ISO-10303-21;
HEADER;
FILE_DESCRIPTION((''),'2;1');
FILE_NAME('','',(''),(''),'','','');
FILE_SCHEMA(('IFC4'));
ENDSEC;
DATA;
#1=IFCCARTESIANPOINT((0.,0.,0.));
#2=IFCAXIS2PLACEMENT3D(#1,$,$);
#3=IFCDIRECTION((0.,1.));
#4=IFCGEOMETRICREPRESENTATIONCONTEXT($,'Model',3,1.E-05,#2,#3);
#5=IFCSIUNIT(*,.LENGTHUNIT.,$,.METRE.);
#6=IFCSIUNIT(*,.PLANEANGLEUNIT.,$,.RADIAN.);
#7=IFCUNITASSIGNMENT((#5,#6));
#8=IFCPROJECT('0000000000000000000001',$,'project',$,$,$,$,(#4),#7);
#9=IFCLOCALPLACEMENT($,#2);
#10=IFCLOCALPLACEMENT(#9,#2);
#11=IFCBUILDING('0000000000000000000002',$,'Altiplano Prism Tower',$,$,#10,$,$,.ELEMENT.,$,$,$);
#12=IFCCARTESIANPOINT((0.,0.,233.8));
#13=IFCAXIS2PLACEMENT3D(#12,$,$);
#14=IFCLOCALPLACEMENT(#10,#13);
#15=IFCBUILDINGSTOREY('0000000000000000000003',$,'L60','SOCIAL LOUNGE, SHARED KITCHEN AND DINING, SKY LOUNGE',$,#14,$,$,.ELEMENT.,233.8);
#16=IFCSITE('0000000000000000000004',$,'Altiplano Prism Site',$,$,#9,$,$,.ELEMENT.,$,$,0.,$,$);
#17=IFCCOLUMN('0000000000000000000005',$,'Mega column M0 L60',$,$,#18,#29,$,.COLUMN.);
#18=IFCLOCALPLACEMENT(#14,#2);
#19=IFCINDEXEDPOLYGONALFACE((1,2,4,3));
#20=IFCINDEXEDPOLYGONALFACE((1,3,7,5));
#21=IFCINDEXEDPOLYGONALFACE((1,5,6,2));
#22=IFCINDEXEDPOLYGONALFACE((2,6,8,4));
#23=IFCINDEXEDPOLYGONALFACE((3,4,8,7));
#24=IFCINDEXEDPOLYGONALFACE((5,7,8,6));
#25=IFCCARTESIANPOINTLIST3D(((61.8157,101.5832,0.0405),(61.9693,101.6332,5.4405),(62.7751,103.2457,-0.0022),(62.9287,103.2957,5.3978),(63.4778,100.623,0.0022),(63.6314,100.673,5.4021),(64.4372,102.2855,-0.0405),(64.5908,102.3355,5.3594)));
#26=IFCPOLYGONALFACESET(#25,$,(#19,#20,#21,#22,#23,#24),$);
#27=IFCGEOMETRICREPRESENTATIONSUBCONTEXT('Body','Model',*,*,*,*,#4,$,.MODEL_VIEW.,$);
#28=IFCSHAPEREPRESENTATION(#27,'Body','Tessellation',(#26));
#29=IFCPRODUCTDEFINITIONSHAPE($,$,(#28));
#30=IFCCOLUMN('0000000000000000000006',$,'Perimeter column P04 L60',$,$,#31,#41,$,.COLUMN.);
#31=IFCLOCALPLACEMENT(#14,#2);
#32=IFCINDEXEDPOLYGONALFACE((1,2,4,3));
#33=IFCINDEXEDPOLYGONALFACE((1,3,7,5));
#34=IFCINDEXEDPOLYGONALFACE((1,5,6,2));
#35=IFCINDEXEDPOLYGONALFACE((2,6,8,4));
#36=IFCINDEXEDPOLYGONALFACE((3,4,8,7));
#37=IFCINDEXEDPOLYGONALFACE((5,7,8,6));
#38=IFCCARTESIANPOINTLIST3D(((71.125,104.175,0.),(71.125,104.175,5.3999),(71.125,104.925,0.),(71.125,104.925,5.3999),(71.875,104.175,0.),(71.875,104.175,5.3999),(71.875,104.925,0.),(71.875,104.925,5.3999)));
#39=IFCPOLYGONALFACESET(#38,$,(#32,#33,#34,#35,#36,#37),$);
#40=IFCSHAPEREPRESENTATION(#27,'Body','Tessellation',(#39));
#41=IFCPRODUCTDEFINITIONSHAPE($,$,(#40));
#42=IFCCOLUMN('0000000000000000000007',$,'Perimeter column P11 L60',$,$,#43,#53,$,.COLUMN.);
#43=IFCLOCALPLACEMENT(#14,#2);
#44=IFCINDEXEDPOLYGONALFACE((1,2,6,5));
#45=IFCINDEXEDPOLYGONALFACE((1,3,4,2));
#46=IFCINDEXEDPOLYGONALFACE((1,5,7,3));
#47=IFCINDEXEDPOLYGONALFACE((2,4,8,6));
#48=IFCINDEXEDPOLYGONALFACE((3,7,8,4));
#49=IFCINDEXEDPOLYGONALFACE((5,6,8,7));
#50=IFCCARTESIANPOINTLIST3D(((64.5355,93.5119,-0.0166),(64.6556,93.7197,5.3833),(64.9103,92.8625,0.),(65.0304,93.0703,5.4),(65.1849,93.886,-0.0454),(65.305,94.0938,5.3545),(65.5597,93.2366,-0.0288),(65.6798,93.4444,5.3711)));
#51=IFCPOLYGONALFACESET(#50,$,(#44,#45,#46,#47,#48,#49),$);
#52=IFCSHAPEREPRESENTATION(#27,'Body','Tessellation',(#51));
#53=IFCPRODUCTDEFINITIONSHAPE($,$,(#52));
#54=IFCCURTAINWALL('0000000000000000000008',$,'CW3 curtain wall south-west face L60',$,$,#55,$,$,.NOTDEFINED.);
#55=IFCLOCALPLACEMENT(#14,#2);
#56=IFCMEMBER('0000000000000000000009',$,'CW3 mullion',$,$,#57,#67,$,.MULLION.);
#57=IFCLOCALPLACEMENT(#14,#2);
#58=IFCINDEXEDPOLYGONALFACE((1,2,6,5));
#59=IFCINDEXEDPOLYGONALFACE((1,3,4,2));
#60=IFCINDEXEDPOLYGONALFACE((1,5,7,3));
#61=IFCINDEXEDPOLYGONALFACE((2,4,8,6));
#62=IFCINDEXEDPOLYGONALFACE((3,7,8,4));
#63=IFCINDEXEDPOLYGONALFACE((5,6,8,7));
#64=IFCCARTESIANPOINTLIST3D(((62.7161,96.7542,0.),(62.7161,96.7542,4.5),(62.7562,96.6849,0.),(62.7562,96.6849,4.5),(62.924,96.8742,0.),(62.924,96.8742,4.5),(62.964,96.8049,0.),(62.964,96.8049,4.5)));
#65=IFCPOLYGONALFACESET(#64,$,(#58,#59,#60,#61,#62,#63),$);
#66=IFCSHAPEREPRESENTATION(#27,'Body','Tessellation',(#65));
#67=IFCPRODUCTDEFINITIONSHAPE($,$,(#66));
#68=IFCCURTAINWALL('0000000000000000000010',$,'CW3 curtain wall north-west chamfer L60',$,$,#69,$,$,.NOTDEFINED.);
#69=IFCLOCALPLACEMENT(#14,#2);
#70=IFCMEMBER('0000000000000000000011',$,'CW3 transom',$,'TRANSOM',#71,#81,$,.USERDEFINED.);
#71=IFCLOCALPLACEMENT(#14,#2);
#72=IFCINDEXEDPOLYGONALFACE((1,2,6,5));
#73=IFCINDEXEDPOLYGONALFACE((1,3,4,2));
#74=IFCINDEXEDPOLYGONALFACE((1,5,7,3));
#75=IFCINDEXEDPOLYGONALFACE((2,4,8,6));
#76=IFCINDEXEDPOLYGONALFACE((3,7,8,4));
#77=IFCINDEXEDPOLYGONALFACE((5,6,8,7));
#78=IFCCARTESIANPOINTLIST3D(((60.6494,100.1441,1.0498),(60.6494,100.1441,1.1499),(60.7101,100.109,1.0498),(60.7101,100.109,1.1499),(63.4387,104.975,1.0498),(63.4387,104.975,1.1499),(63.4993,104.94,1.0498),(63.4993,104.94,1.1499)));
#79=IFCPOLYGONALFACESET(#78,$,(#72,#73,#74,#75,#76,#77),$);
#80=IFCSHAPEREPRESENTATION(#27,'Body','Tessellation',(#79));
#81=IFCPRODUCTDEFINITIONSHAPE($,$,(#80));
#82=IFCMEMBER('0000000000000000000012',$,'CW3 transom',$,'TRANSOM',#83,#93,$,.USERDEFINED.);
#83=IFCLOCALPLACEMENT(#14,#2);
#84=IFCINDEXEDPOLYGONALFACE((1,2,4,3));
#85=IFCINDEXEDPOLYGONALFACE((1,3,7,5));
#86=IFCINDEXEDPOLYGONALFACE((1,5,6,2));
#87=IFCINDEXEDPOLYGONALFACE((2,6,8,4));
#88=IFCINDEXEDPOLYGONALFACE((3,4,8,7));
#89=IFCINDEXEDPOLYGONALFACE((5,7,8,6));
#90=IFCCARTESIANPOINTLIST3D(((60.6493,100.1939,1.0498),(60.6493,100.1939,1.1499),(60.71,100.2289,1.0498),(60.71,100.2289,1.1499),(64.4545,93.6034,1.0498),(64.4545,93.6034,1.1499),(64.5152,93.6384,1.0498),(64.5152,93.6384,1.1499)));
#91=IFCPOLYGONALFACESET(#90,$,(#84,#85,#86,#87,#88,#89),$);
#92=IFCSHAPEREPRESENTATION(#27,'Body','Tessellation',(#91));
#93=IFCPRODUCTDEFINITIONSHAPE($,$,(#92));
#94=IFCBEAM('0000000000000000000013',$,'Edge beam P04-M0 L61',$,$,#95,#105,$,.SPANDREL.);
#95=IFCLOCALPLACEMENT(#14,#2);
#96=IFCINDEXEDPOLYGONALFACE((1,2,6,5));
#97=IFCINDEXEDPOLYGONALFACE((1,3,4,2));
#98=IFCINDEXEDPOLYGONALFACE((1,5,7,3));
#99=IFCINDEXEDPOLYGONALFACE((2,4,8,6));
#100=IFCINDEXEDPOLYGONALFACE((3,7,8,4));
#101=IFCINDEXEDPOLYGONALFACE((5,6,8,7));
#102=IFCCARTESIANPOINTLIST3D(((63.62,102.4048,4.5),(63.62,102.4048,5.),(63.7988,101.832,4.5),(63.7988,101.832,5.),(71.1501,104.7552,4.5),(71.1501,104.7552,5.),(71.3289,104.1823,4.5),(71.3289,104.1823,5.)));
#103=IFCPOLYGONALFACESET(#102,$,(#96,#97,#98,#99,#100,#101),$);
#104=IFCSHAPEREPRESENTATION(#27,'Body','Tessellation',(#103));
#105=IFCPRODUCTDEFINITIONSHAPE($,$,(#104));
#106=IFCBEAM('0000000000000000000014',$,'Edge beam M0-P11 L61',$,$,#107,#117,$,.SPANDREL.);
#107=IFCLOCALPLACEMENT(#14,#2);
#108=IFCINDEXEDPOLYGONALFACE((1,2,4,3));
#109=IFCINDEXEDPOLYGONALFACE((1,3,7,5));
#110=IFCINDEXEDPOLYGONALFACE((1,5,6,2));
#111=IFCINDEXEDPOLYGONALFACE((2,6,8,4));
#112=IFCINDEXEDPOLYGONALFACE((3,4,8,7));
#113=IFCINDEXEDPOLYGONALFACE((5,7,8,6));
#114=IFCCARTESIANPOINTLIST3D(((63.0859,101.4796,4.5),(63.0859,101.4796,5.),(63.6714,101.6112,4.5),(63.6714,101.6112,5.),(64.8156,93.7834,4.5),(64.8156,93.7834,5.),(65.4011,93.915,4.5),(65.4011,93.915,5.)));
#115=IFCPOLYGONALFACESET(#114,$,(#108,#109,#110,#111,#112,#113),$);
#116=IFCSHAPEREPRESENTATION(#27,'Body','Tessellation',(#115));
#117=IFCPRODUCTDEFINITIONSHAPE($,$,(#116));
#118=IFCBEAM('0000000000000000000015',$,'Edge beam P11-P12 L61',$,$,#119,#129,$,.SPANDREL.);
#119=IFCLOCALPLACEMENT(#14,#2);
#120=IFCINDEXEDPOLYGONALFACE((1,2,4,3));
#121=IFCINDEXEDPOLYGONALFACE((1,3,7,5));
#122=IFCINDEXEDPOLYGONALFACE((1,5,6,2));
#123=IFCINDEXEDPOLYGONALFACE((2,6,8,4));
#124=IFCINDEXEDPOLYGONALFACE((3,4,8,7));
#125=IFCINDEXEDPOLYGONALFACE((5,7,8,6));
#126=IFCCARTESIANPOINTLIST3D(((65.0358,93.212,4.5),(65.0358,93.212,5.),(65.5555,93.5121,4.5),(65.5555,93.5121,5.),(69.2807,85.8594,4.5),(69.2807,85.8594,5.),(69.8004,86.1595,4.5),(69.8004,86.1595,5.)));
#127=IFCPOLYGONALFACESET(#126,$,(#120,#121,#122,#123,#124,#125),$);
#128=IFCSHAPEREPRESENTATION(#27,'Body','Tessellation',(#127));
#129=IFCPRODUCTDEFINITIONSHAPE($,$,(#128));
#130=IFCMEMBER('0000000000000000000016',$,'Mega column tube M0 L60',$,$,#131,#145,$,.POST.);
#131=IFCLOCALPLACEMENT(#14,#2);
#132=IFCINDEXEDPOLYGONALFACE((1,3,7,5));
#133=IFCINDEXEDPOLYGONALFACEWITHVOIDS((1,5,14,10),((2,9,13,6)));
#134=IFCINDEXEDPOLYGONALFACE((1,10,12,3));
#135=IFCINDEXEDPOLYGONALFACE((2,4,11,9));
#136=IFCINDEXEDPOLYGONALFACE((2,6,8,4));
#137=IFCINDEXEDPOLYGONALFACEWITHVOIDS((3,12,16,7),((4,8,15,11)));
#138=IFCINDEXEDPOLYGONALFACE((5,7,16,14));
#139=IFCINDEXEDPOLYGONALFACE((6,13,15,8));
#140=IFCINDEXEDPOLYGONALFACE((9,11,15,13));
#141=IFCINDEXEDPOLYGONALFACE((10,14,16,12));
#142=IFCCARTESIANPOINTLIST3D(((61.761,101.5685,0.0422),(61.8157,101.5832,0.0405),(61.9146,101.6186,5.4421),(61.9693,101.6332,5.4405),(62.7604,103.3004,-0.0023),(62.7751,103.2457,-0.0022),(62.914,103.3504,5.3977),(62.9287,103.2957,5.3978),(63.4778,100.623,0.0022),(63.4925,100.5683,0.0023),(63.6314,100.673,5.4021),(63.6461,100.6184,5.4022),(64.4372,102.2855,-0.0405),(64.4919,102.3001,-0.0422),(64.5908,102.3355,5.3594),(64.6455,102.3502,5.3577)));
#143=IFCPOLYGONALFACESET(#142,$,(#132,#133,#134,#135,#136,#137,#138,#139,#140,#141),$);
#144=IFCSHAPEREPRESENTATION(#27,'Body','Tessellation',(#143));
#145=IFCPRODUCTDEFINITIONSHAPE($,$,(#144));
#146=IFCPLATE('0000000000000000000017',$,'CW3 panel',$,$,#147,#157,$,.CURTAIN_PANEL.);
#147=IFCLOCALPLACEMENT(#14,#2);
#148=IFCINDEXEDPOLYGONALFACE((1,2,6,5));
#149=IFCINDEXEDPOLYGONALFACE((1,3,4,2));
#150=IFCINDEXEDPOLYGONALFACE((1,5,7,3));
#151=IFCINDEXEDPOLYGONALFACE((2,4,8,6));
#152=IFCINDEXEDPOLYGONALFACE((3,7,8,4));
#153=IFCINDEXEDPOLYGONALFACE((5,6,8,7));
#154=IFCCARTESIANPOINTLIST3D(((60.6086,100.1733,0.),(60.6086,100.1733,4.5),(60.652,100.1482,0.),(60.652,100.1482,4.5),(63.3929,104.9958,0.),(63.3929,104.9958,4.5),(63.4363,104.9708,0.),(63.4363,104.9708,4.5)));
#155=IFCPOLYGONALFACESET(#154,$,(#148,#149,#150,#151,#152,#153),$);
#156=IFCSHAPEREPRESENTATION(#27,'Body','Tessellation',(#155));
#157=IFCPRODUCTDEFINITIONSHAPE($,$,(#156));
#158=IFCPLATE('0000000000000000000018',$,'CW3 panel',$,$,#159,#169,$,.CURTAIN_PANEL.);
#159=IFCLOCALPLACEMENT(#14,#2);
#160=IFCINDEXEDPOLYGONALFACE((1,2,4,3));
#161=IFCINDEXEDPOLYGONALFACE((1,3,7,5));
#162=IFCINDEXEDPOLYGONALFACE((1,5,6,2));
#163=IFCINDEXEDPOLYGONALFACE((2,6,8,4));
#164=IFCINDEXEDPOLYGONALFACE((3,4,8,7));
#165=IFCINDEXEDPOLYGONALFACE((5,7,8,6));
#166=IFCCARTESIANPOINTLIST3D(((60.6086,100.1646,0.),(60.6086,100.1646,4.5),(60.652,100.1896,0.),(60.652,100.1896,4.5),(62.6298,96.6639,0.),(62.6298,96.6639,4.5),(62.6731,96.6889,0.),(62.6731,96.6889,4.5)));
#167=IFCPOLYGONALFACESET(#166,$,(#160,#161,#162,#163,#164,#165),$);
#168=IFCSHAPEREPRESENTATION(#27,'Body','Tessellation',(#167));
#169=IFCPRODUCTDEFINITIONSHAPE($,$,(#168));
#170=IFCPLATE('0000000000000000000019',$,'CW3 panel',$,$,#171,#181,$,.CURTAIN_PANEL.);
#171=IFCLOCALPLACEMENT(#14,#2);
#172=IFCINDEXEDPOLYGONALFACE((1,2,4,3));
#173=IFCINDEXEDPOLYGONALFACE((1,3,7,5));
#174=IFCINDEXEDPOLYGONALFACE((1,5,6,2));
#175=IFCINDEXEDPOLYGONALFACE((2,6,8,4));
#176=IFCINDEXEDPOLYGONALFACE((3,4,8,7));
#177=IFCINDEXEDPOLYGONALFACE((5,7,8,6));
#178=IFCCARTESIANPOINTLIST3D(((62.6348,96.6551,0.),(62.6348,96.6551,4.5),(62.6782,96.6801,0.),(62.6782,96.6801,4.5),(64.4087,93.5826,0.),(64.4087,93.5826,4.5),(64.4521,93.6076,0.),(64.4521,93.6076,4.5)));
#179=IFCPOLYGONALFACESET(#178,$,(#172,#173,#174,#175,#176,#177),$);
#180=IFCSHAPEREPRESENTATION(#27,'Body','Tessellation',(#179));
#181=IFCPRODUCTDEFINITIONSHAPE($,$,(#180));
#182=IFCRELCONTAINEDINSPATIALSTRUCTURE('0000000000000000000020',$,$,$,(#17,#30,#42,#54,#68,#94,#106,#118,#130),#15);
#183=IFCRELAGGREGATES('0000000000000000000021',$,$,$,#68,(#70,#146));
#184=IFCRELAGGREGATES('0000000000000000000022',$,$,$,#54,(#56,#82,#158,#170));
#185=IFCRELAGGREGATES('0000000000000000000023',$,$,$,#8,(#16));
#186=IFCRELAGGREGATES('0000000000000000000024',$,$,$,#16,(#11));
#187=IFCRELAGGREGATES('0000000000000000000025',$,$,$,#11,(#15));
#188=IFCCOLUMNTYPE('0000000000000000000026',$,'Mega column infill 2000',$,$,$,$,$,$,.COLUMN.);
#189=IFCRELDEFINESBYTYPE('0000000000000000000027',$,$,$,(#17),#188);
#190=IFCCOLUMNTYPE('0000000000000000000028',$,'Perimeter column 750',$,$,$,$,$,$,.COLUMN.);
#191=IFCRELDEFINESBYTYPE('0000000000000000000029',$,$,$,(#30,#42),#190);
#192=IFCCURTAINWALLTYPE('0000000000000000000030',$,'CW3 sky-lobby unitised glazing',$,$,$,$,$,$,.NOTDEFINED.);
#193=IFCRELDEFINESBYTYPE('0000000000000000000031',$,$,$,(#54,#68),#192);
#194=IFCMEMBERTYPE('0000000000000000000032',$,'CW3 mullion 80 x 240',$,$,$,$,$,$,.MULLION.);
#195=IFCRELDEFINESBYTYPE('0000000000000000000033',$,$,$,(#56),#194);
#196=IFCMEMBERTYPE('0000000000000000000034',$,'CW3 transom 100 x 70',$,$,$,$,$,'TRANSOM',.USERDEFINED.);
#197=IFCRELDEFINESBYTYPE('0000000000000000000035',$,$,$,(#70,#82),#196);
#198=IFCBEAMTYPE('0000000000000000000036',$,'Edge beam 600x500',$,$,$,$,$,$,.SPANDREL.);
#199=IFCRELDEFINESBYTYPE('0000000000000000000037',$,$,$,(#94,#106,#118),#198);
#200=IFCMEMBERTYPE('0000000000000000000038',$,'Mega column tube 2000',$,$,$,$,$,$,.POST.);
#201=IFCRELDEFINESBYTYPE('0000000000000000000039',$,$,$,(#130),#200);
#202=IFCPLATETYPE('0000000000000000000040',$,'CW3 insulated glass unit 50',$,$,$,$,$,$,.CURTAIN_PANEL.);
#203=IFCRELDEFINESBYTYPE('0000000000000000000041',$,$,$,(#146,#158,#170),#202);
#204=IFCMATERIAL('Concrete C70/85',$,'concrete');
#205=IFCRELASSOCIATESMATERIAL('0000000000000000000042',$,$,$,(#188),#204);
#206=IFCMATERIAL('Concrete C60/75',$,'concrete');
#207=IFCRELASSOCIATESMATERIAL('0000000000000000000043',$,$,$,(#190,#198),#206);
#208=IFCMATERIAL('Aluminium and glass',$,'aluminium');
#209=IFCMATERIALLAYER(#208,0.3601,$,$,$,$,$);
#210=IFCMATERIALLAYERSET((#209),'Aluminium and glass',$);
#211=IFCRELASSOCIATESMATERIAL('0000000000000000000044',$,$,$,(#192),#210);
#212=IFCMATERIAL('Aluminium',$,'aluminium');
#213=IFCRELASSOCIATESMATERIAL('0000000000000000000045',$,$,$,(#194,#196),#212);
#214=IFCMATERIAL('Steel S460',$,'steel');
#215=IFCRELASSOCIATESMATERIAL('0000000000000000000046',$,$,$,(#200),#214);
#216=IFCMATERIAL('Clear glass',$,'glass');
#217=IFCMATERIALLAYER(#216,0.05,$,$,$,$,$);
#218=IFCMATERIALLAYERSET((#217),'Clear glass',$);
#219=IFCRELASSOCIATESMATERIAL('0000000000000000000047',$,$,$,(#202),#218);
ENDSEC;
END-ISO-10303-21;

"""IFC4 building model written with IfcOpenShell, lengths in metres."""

from ifc_helpers import new_model, si_unit, direction, frame, origin, origin_2d, place, context, subcontext, project, spatial, rectangle, hollow_rectangle, extrude, material, layer, layer_set, material_profile, profile_set, type_object, element, aggregate, save


model = new_model("IFC4")

# Units and contexts
model_context = context("Model", 3, precision=1e-05, world=origin(), true_north=direction((0.0, 1.0)))
body_context = subcontext(model_context, "Body", "Model", "MODEL_VIEW")
ifc_project = project(units=[si_unit("LENGTHUNIT", "METRE"), si_unit("PLANEANGLEUNIT", "RADIAN")], contexts=[model_context])

# Site, building, storey
site_placement = place(None, origin())
site = spatial("IfcSite", under=ifc_project, at=site_placement, Name="Altiplano Prism Site", CompositionType="ELEMENT", RefElevation=0.0)
building_placement = place(site_placement, origin())
building = spatial("IfcBuilding", under=site, at=building_placement, Name="Altiplano Prism Tower", CompositionType="ELEMENT")
storey_placement = place(building_placement, frame((0.0, 0.0, 233.8)))
storey = spatial("IfcBuildingStorey", under=building, at=storey_placement, Name="L60", Description="SOCIAL LOUNGE, SHARED KITCHEN AND DINING, SKY LOUNGE", CompositionType="ELEMENT", Elevation=233.8)

# Columns
ifc_material_1 = material(Name="Concrete C70/85", Category="concrete")
ifc_material_profile_1 = material_profile(ifc_material_1, rectangle(XDim=1.9199, YDim=1.9199, at=origin_2d()), Name="Mega column infill 2000")
ifc_profile_set_1 = profile_set([ifc_material_profile_1], Name="Concrete C70/85")
column_type_1 = type_object("IfcColumnType", Name="Mega column infill 2000", PredefinedType="COLUMN", material=ifc_profile_set_1)
column_1_placement = place(storey_placement, frame((63.1265, 101.9343, 0.0), z_axis=(0.028426, 0.009264, 0.999553), x_axis=(-0.865728, 0.500116, 0.019985)))
element("IfcColumn", 1, at=column_1_placement, inside=storey, type_object=column_type_1, Name="Mega column M0 L60", PredefinedType="COLUMN", context=body_context, shape_type="SweptSolid", body=[
    extrude(rectangle(XDim=1.9199, YDim=1.9199, at=origin_2d()), origin(), (0.0, 0.0, 1.0), 5.4023),
])
ifc_material_2 = material(Name="Concrete C60/75", Category="concrete")
ifc_material_profile_2 = material_profile(ifc_material_2, rectangle(XDim=0.75, YDim=0.75, at=origin_2d()), Name="Perimeter column 750")
ifc_profile_set_2 = profile_set([ifc_material_profile_2], Name="Concrete C60/75")
column_type_2 = type_object("IfcColumnType", Name="Perimeter column 750", PredefinedType="COLUMN", material=ifc_profile_set_2)
column_2_placement = place(storey_placement, frame((71.5, 104.55, 0.0), z_axis=(0.0, 0.0, 1.0), x_axis=(1.0, 0.0, 0.0)))
element("IfcColumn", 2, at=column_2_placement, inside=storey, type_object=column_type_2, Name="Perimeter column P04 L60", PredefinedType="COLUMN", context=body_context, shape_type="SweptSolid", body=[
    extrude(rectangle(XDim=0.75, YDim=0.75, at=origin_2d()), origin(), (0.0, 0.0, 1.0), 5.3999),
])
column_3_placement = place(storey_placement, frame((65.0476, 93.3743, -0.0227), z_axis=(0.022222, 0.038438, 0.999014), x_axis=(-0.865894, -0.498748, 0.038451)))
element("IfcColumn", 3, at=column_3_placement, inside=storey, type_object=column_type_2, Name="Perimeter column P11 L60", PredefinedType="COLUMN", context=body_context, shape_type="SweptSolid", body=[
    extrude(rectangle(XDim=0.75, YDim=0.75, at=origin_2d()), origin(), (0.0, 0.0, 1.0), 5.4053),
])

# Curtain walls, members
ifc_material_3 = material(Name="Aluminium and glass", Category="aluminium")
ifc_layer_1 = layer(ifc_material_3, 0.3601)
ifc_layer_set_1 = layer_set([ifc_layer_1], Name="Aluminium and glass")
curtain_wall_type = type_object("IfcCurtainWallType", Name="CW3 sky-lobby unitised glazing", PredefinedType="NOTDEFINED", material=ifc_layer_set_1)
curtain_wall_1_placement = place(storey_placement, origin())
curtain_wall_1 = element("IfcCurtainWall", 4, at=curtain_wall_1_placement, inside=storey, type_object=curtain_wall_type, Name="CW3 curtain wall south-west face L60", PredefinedType="NOTDEFINED")
ifc_material_4 = material(Name="Aluminium", Category="aluminium")
ifc_material_profile_3 = material_profile(ifc_material_4, rectangle(XDim=0.24, YDim=0.0801, at=origin_2d()), Name="CW3 mullion 80 x 240")
ifc_profile_set_3 = profile_set([ifc_material_profile_3], Name="Aluminium")
member_type_1 = type_object("IfcMemberType", Name="CW3 mullion 80 x 240", PredefinedType="MULLION", material=ifc_profile_set_3)
member_1_placement = place(storey_placement, frame((62.8401, 96.7795, 0.0), z_axis=(0.0, 0.0, 1.0), x_axis=(0.866025, 0.5, 0.0)))
member_1 = element("IfcMember", 5, at=member_1_placement, type_object=member_type_1, Name="CW3 mullion", PredefinedType="MULLION", context=body_context, shape_type="SweptSolid", body=[
    extrude(rectangle(XDim=0.24, YDim=0.0801, at=origin_2d()), origin(), (0.0, 0.0, 1.0), 4.5),
])
curtain_wall_2_placement = place(storey_placement, origin())
curtain_wall_2 = element("IfcCurtainWall", 6, at=curtain_wall_2_placement, inside=storey, type_object=curtain_wall_type, Name="CW3 curtain wall north-west chamfer L60", PredefinedType="NOTDEFINED")
ifc_material_profile_4 = material_profile(ifc_material_4, rectangle(XDim=0.0701, YDim=0.1001, at=origin_2d()), Name="CW3 transom 100 x 70")
ifc_profile_set_4 = profile_set([ifc_material_profile_4], Name="Aluminium")
member_type_2 = type_object("IfcMemberType", Name="CW3 transom 100 x 70", ElementType="TRANSOM", PredefinedType="USERDEFINED", material=ifc_profile_set_4)
member_2_placement = place(storey_placement, frame((63.469, 104.9575, 1.0999), z_axis=(-0.500013, -0.866018, 0.0), x_axis=(0.866018, -0.500013, 0.0)))
member_2 = element("IfcMember", 7, at=member_2_placement, type_object=member_type_2, Name="CW3 transom", ObjectType="TRANSOM", PredefinedType="USERDEFINED", context=body_context, shape_type="SweptSolid", body=[
    extrude(rectangle(XDim=0.0701, YDim=0.1001, at=origin_2d()), origin(), (0.0, 0.0, 1.0), 5.5784),
])

# Member
member_3_placement = place(storey_placement, frame((60.6797, 100.2114, 1.0999), z_axis=(0.50001, -0.866019, 0.0), x_axis=(0.866019, 0.50001, 0.0)))
member_3 = element("IfcMember", 8, at=member_3_placement, type_object=member_type_2, Name="CW3 transom", ObjectType="TRANSOM", PredefinedType="USERDEFINED", context=body_context, shape_type="SweptSolid", body=[
    extrude(rectangle(XDim=0.0701, YDim=0.1001, at=origin_2d()), origin(), (0.0, 0.0, 1.0), 7.6101),
])

# Beams
ifc_material_profile_5 = material_profile(ifc_material_2, rectangle(XDim=0.6001, YDim=0.5, at=origin_2d()), Name="Edge beam 600x500")
ifc_profile_set_5 = profile_set([ifc_material_profile_5], Name="Concrete C60/75")
beam_type = type_object("IfcBeamType", Name="Edge beam 600x500", PredefinedType="SPANDREL", material=ifc_profile_set_5)
beam_1_placement = place(storey_placement, frame((71.2395, 104.4688, 4.75), z_axis=(-0.954581, -0.297952, 0.0), x_axis=(0.297952, -0.954581, 0.0)))
element("IfcBeam", 9, at=beam_1_placement, inside=storey, type_object=beam_type, Name="Edge beam P04-M0 L61", PredefinedType="SPANDREL", context=body_context, shape_type="SweptSolid", body=[
    extrude(rectangle(XDim=0.6001, YDim=0.5, at=origin_2d()), origin(), (0.0, 0.0, 1.0), 7.8884),
])
beam_2_placement = place(storey_placement, frame((63.3787, 101.5454, 4.75), z_axis=(0.219279, -0.975662, 0.0), x_axis=(0.975662, 0.219279, 0.0)))
element("IfcBeam", 10, at=beam_2_placement, inside=storey, type_object=beam_type, Name="Edge beam M0-P11 L61", PredefinedType="SPANDREL", context=body_context, shape_type="SweptSolid", body=[
    extrude(rectangle(XDim=0.6001, YDim=0.5, at=origin_2d()), origin(), (0.0, 0.0, 1.0), 7.8882),
])
beam_3_placement = place(storey_placement, frame((65.2957, 93.3621, 4.75), z_axis=(0.49999, -0.866031, 0.0), x_axis=(0.866031, 0.49999, 0.0)))
element("IfcBeam", 11, at=beam_3_placement, inside=storey, type_object=beam_type, Name="Edge beam P11-P12 L61", PredefinedType="SPANDREL", context=body_context, shape_type="SweptSolid", body=[
    extrude(rectangle(XDim=0.6001, YDim=0.5, at=origin_2d()), origin(), (0.0, 0.0, 1.0), 8.49),
])

# Member
ifc_material_5 = material(Name="Steel S460", Category="steel")
ifc_material_profile_6 = material_profile(ifc_material_5, hollow_rectangle(XDim=2.0, YDim=2.0, WallThickness=0.04, at=origin_2d()), Name="Mega column tube 2000")
ifc_profile_set_6 = profile_set([ifc_material_profile_6], Name="Steel S460")
member_type_3 = type_object("IfcMemberType", Name="Mega column tube 2000", PredefinedType="POST", material=ifc_profile_set_6)
member_4_placement = place(storey_placement, frame((63.1265, 101.9343, 0.0), z_axis=(0.028426, 0.009264, 0.999553), x_axis=(-0.865728, 0.500116, 0.019985)))
element("IfcMember", 12, at=member_4_placement, inside=storey, type_object=member_type_3, Name="Mega column tube M0 L60", PredefinedType="POST", context=body_context, shape_type="SweptSolid", body=[
    extrude(hollow_rectangle(XDim=2.0, YDim=2.0, WallThickness=0.04, at=origin_2d()), origin(), (0.0, 0.0, 1.0), 5.4023),
])

# Plates
ifc_material_6 = material(Name="Clear glass", Category="glass")
ifc_layer_2 = layer(ifc_material_6, 0.05)
ifc_layer_set_2 = layer_set([ifc_layer_2], Name="Clear glass")
plate_type = type_object("IfcPlateType", Name="CW3 insulated glass unit 50", PredefinedType="CURTAIN_PANEL", material=ifc_layer_set_2)
plate_1_placement = place(storey_placement, frame((62.0225, 102.572, 0.0), z_axis=(0.0, 0.0, 1.0), x_axis=(-0.5, -0.866025, 0.0)))
plate_1 = element("IfcPlate", 13, at=plate_1_placement, type_object=plate_type, Name="CW3 panel", PredefinedType="CURTAIN_PANEL", context=body_context, shape_type="SweptSolid", body=[
    extrude(rectangle(XDim=5.5686, YDim=0.05, at=origin_2d()), origin(), (0.0, 0.0, 1.0), 4.5),
])
aggregate(curtain_wall_2, [member_2, plate_1])
plate_2_placement = place(storey_placement, frame((61.6409, 98.4268, 0.0), z_axis=(0.0, 0.0, 1.0), x_axis=(0.5, -0.866025, 0.0)))
plate_2 = element("IfcPlate", 14, at=plate_2_placement, type_object=plate_type, Name="CW3 panel", PredefinedType="CURTAIN_PANEL", context=body_context, shape_type="SweptSolid", body=[
    extrude(rectangle(XDim=4.0422, YDim=0.05, at=origin_2d()), origin(), (0.0, 0.0, 1.0), 4.5),
])
plate_3_placement = place(storey_placement, frame((63.5435, 95.1313, 0.0), z_axis=(0.0, 0.0, 1.0), x_axis=(0.5, -0.866025, 0.0)))
plate_3 = element("IfcPlate", 15, at=plate_3_placement, type_object=plate_type, Name="CW3 panel", PredefinedType="CURTAIN_PANEL", context=body_context, shape_type="SweptSolid", body=[
    extrude(rectangle(XDim=3.5479, YDim=0.05, at=origin_2d()), origin(), (0.0, 0.0, 1.0), 4.5),
])
aggregate(curtain_wall_1, [member_1, member_3, plate_2, plate_3])

save(model, "model.ifc")
